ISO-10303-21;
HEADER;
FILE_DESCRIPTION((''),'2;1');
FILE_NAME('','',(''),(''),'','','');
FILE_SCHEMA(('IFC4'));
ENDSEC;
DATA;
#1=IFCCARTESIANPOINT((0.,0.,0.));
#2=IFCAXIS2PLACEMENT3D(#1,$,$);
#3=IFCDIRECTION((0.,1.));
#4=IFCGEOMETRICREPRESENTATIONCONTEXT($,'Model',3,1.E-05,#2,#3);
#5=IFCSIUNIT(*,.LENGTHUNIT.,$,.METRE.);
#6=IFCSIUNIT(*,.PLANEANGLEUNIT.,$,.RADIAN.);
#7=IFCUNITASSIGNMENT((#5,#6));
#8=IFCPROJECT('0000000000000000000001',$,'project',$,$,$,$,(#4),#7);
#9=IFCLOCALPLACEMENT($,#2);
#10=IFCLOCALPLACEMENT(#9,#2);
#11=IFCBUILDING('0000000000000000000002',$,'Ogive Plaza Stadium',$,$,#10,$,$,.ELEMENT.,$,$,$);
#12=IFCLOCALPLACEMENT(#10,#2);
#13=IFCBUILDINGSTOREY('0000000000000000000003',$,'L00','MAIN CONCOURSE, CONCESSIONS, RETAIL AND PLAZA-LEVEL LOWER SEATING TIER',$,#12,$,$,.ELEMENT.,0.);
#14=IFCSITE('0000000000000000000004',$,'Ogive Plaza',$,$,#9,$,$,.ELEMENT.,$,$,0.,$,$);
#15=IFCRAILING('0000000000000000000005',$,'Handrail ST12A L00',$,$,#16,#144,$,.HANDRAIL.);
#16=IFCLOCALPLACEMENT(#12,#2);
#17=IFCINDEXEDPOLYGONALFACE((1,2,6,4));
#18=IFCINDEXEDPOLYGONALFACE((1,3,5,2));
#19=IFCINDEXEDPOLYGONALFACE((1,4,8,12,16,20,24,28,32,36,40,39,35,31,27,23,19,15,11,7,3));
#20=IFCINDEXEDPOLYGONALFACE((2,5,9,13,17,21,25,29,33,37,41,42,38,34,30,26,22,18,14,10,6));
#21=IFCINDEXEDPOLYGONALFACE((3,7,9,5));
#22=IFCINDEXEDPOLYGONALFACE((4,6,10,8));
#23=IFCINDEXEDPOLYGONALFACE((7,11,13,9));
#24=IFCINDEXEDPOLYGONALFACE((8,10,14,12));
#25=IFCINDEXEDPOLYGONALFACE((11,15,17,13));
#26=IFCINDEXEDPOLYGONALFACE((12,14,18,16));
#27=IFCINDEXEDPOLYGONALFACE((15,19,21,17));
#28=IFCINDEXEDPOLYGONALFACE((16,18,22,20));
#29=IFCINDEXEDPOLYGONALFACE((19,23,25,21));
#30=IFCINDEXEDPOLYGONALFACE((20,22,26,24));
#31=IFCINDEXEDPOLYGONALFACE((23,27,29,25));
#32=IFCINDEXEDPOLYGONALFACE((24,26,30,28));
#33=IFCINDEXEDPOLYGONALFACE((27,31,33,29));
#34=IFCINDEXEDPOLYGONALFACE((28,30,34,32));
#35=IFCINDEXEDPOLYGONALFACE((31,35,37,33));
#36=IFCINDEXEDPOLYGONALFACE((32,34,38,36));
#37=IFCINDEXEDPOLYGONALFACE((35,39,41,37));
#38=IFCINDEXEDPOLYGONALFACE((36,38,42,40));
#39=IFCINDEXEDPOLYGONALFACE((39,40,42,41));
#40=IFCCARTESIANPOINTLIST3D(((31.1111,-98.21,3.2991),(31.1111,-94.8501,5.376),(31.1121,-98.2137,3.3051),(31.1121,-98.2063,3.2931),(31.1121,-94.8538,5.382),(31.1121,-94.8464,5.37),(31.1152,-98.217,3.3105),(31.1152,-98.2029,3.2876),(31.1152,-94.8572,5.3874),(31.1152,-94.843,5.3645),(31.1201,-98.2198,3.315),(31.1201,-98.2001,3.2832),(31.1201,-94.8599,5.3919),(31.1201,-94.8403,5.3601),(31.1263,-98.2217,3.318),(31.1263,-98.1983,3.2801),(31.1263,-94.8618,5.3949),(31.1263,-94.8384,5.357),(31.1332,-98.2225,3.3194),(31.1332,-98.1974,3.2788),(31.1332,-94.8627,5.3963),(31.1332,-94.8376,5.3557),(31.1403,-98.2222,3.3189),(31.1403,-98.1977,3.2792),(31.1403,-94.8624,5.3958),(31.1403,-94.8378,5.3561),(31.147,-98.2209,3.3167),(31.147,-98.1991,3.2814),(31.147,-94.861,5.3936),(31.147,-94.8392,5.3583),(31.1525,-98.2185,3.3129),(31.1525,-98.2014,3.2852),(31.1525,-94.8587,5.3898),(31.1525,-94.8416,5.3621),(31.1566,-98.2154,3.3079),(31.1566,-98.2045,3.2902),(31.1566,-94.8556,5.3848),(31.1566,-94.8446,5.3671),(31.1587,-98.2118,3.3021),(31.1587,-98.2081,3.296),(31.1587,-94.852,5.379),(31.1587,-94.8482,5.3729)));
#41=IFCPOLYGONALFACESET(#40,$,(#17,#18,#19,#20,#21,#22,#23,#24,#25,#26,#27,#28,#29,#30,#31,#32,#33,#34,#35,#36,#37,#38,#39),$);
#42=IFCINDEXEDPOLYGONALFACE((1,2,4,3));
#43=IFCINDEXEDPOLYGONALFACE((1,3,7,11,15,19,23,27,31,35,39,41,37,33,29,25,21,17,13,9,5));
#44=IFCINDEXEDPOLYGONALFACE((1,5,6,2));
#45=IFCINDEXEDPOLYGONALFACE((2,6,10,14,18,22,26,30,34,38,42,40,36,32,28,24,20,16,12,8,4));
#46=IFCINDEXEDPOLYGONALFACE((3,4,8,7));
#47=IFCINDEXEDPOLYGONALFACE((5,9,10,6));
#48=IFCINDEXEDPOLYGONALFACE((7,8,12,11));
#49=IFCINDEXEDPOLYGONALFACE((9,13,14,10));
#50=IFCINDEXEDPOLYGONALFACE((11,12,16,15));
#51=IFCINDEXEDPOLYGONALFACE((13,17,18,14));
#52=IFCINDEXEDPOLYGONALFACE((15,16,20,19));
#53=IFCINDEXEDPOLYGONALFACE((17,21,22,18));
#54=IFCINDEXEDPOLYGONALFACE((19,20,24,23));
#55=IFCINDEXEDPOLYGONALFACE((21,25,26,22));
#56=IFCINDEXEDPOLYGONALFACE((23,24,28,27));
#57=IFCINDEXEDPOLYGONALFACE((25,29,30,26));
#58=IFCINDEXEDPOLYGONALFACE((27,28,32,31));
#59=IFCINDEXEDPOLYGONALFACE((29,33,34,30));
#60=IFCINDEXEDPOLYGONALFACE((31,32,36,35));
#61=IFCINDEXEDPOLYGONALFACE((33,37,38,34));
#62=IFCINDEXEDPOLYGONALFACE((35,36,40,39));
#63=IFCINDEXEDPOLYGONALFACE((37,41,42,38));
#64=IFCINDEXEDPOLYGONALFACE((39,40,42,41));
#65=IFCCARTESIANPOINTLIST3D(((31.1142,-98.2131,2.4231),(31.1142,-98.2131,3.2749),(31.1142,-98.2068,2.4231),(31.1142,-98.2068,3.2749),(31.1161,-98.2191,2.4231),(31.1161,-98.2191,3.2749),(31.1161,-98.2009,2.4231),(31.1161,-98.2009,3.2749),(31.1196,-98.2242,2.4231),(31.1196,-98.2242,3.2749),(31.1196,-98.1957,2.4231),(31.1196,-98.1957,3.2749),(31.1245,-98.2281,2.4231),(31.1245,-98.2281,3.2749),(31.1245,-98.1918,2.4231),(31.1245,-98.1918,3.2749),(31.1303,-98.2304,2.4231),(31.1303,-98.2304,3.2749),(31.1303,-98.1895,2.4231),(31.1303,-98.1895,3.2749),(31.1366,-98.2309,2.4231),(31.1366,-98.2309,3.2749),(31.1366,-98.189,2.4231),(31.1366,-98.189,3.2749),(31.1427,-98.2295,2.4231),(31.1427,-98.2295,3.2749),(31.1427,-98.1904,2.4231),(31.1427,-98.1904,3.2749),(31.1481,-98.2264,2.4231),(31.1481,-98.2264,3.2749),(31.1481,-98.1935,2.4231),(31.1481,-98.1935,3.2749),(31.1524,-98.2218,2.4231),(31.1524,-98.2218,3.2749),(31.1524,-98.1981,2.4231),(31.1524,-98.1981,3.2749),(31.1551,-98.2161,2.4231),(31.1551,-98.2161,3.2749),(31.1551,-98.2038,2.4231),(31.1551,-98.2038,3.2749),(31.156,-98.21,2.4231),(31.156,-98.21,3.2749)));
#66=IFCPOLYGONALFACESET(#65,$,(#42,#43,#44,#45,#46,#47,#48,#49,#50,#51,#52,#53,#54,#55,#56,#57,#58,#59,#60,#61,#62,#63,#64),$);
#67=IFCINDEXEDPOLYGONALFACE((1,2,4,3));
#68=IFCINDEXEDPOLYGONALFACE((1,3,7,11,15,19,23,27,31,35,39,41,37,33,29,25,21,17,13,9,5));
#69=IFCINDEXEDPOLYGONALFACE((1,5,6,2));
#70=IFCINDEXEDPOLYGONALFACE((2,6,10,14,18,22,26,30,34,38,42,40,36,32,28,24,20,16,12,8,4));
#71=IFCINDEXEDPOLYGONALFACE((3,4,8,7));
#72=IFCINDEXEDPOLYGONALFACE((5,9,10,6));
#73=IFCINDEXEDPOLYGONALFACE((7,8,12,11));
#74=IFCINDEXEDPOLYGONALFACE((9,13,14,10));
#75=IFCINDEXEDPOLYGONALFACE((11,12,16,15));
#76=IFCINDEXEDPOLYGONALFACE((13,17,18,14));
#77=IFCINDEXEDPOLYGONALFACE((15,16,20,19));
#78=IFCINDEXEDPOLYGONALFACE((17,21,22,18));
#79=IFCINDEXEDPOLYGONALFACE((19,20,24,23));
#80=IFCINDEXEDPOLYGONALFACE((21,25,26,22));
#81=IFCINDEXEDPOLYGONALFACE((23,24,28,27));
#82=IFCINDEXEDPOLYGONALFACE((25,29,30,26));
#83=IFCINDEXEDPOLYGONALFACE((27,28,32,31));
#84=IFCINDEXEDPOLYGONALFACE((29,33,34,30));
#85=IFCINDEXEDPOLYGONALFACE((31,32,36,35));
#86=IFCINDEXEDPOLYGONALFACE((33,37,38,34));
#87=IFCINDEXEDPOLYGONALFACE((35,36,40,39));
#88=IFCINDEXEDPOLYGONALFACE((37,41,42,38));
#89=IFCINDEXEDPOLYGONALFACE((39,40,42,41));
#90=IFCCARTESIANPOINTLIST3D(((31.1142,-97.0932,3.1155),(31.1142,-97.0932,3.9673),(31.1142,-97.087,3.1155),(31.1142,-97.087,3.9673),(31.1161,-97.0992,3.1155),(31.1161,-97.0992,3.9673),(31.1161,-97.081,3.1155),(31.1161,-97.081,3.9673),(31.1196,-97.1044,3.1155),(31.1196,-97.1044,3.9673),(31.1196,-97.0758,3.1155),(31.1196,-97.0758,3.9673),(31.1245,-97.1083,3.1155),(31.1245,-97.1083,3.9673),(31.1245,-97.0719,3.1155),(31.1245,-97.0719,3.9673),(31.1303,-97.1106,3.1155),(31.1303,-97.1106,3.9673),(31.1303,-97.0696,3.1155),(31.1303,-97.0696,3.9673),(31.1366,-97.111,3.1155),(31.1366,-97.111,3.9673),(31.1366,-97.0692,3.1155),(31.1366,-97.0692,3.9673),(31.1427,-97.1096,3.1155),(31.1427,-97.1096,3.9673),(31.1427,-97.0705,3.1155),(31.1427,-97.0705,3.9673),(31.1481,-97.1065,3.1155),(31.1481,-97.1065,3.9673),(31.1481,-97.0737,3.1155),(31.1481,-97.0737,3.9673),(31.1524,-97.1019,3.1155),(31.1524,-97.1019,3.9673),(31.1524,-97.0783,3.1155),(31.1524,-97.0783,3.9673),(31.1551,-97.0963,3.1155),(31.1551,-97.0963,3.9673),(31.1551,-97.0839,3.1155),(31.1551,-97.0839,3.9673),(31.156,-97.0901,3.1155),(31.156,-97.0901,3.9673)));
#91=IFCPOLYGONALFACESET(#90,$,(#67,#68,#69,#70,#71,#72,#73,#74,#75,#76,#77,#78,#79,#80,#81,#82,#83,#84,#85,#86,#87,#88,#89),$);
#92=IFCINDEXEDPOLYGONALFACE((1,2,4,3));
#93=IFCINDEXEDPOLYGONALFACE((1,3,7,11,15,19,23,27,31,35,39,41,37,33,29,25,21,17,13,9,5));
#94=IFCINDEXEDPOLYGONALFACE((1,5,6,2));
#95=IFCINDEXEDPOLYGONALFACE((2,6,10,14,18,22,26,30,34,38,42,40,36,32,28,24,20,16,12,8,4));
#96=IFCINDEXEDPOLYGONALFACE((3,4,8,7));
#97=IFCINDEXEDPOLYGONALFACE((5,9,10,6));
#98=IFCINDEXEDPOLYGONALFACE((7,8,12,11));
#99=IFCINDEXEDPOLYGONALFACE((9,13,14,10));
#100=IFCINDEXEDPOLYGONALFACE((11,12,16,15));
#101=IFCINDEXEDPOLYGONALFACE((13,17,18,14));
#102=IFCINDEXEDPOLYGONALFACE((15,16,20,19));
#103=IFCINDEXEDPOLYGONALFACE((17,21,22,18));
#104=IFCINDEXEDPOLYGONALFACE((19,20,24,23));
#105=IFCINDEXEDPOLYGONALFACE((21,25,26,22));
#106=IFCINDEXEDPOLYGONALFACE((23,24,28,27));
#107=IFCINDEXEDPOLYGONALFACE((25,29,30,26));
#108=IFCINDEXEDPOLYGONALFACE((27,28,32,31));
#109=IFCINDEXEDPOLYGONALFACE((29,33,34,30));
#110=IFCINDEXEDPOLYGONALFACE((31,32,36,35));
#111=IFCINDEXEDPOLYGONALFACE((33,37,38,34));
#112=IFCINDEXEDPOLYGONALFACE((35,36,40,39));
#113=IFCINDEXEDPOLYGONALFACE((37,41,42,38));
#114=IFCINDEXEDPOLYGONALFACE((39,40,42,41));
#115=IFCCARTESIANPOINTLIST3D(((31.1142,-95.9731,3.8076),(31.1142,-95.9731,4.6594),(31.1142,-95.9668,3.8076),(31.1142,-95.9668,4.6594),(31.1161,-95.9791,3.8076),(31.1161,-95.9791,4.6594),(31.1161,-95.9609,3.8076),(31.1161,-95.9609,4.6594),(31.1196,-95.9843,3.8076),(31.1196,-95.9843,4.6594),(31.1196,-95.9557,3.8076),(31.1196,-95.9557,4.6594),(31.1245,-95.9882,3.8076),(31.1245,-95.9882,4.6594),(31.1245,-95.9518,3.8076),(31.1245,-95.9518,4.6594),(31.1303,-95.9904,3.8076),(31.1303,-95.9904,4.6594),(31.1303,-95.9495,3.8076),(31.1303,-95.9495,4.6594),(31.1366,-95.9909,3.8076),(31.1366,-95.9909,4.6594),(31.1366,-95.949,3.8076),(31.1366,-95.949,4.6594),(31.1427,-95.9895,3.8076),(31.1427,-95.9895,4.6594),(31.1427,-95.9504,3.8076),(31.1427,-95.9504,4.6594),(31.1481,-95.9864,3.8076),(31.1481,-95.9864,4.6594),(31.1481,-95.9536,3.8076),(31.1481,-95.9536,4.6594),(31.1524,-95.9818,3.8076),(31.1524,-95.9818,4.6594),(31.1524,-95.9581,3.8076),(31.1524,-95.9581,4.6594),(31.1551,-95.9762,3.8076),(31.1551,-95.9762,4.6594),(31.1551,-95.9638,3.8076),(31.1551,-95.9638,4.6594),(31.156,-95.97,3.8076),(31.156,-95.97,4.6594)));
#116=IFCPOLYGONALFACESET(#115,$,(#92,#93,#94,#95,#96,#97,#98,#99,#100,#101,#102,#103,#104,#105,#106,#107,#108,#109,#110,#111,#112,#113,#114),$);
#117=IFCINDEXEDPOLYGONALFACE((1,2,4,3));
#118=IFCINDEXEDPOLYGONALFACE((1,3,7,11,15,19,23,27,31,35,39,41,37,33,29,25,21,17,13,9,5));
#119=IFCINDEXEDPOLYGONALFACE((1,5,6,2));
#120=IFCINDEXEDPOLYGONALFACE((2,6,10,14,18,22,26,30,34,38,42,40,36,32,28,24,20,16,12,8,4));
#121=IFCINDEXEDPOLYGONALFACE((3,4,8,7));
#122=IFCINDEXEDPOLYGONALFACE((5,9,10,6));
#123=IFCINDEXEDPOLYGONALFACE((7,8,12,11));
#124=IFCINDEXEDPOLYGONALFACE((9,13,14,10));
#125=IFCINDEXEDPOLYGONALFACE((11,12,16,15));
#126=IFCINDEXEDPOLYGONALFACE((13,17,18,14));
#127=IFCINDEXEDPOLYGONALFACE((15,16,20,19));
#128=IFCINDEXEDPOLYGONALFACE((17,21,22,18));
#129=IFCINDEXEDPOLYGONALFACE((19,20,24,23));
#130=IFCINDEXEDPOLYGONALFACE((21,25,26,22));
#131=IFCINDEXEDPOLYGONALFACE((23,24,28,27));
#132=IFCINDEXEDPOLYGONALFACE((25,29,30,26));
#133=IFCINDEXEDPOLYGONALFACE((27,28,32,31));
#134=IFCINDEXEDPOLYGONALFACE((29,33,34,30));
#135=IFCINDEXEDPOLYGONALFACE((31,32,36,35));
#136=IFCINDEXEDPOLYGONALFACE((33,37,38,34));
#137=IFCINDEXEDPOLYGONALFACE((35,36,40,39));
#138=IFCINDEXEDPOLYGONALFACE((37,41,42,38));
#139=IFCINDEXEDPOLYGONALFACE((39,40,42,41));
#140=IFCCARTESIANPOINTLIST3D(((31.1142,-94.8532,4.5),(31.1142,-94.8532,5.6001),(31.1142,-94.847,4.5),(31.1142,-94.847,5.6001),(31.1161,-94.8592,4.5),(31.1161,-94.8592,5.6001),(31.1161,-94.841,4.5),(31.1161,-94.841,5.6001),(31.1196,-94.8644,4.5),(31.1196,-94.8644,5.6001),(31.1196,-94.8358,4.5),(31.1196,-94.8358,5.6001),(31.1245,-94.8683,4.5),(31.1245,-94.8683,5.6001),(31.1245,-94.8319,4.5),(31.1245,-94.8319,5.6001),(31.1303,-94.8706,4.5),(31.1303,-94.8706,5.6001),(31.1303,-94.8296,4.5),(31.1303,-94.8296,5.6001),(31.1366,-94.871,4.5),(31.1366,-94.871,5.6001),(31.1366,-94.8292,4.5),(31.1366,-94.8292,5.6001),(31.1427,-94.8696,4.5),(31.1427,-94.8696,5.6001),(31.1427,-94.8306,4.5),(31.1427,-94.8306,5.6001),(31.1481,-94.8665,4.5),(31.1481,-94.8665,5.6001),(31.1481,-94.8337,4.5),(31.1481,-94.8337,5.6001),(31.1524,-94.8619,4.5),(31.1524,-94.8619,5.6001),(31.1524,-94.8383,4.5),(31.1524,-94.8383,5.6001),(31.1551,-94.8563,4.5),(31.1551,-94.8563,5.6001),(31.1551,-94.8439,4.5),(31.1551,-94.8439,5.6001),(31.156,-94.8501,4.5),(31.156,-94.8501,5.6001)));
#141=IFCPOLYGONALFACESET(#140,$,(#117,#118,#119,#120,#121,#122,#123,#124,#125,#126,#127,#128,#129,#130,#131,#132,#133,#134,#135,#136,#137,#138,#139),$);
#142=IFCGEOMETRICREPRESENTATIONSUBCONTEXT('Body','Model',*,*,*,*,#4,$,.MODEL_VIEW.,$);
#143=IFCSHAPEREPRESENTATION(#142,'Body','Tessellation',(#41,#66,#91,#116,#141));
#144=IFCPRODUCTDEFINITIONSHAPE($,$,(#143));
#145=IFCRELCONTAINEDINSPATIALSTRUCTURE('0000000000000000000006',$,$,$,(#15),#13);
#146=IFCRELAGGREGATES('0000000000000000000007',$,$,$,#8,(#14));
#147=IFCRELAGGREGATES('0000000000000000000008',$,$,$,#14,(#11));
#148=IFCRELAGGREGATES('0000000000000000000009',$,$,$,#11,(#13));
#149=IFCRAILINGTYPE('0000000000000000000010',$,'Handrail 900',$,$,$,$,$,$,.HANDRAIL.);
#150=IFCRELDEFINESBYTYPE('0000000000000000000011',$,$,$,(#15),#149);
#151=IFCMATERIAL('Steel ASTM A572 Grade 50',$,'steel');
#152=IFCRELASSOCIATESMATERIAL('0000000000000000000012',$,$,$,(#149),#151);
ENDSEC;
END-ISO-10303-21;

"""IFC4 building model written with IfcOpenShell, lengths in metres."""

from ifc_helpers import new_model, si_unit, direction, frame, origin, origin_2d, place, context, subcontext, project, spatial, circle, extrude, material, type_object, element, save


model = new_model("IFC4")

# Units and contexts
model_context = context("Model", 3, precision=1e-05, world=origin(), true_north=direction((0.0, 1.0)))
body_context = subcontext(model_context, "Body", "Model", "MODEL_VIEW")
ifc_project = project(units=[si_unit("LENGTHUNIT", "METRE"), si_unit("PLANEANGLEUNIT", "RADIAN")], contexts=[model_context])

# Site, building, storey
site_placement = place(None, origin())
site = spatial("IfcSite", under=ifc_project, at=site_placement, Name="Ogive Plaza", CompositionType="ELEMENT", RefElevation=0.0)
building_placement = place(site_placement, origin())
building = spatial("IfcBuilding", under=site, at=building_placement, Name="Ogive Plaza Stadium", CompositionType="ELEMENT")
storey_placement = place(building_placement, origin())
storey = spatial("IfcBuildingStorey", under=building, at=storey_placement, Name="L00", Description="MAIN CONCOURSE, CONCESSIONS, RETAIL AND PLAZA-LEVEL LOWER SEATING TIER", CompositionType="ELEMENT", Elevation=0.0)

# Railing
ifc_material_1 = material(Name="Steel ASTM A572 Grade 50", Category="steel")
railing_type_1 = type_object("IfcRailingType", Name="Handrail 900", PredefinedType="HANDRAIL", material=ifc_material_1)
for number, where, name in (
    (1, (31.135, -98.21, 2.4231), "Handrail ST12A L00"),
):
    element("IfcRailing", number, at=place(storey_placement, frame(where)), inside=storey, type_object=railing_type_1, Name=name, PredefinedType="HANDRAIL", context=body_context, shape_type="SweptSolid", body=[
        extrude(circle(Radius=0.0239, at=origin_2d()), frame((0.0, 0.0, 0.876), z_axis=(0.0, 0.850606, 0.525803), x_axis=(-1.0, 0.0, 0.0)), (0.0, 0.0, 1.0), 3.95),
        extrude(circle(Radius=0.021, at=origin_2d()), origin(), (0.0, 0.0, 1.0), 0.8518),
        extrude(circle(Radius=0.021, at=origin_2d()), frame((0.0, 1.1199, 0.6924)), (0.0, 0.0, 1.0), 0.8518),
        extrude(circle(Radius=0.021, at=origin_2d()), frame((0.0, 2.24, 1.3845)), (0.0, 0.0, 1.0), 0.8518),
        extrude(circle(Radius=0.021, at=origin_2d()), frame((0.0, 3.3599, 2.0769)), (0.0, 0.0, 1.0), 1.1001),
    ])

save(model, "model.ifc")
